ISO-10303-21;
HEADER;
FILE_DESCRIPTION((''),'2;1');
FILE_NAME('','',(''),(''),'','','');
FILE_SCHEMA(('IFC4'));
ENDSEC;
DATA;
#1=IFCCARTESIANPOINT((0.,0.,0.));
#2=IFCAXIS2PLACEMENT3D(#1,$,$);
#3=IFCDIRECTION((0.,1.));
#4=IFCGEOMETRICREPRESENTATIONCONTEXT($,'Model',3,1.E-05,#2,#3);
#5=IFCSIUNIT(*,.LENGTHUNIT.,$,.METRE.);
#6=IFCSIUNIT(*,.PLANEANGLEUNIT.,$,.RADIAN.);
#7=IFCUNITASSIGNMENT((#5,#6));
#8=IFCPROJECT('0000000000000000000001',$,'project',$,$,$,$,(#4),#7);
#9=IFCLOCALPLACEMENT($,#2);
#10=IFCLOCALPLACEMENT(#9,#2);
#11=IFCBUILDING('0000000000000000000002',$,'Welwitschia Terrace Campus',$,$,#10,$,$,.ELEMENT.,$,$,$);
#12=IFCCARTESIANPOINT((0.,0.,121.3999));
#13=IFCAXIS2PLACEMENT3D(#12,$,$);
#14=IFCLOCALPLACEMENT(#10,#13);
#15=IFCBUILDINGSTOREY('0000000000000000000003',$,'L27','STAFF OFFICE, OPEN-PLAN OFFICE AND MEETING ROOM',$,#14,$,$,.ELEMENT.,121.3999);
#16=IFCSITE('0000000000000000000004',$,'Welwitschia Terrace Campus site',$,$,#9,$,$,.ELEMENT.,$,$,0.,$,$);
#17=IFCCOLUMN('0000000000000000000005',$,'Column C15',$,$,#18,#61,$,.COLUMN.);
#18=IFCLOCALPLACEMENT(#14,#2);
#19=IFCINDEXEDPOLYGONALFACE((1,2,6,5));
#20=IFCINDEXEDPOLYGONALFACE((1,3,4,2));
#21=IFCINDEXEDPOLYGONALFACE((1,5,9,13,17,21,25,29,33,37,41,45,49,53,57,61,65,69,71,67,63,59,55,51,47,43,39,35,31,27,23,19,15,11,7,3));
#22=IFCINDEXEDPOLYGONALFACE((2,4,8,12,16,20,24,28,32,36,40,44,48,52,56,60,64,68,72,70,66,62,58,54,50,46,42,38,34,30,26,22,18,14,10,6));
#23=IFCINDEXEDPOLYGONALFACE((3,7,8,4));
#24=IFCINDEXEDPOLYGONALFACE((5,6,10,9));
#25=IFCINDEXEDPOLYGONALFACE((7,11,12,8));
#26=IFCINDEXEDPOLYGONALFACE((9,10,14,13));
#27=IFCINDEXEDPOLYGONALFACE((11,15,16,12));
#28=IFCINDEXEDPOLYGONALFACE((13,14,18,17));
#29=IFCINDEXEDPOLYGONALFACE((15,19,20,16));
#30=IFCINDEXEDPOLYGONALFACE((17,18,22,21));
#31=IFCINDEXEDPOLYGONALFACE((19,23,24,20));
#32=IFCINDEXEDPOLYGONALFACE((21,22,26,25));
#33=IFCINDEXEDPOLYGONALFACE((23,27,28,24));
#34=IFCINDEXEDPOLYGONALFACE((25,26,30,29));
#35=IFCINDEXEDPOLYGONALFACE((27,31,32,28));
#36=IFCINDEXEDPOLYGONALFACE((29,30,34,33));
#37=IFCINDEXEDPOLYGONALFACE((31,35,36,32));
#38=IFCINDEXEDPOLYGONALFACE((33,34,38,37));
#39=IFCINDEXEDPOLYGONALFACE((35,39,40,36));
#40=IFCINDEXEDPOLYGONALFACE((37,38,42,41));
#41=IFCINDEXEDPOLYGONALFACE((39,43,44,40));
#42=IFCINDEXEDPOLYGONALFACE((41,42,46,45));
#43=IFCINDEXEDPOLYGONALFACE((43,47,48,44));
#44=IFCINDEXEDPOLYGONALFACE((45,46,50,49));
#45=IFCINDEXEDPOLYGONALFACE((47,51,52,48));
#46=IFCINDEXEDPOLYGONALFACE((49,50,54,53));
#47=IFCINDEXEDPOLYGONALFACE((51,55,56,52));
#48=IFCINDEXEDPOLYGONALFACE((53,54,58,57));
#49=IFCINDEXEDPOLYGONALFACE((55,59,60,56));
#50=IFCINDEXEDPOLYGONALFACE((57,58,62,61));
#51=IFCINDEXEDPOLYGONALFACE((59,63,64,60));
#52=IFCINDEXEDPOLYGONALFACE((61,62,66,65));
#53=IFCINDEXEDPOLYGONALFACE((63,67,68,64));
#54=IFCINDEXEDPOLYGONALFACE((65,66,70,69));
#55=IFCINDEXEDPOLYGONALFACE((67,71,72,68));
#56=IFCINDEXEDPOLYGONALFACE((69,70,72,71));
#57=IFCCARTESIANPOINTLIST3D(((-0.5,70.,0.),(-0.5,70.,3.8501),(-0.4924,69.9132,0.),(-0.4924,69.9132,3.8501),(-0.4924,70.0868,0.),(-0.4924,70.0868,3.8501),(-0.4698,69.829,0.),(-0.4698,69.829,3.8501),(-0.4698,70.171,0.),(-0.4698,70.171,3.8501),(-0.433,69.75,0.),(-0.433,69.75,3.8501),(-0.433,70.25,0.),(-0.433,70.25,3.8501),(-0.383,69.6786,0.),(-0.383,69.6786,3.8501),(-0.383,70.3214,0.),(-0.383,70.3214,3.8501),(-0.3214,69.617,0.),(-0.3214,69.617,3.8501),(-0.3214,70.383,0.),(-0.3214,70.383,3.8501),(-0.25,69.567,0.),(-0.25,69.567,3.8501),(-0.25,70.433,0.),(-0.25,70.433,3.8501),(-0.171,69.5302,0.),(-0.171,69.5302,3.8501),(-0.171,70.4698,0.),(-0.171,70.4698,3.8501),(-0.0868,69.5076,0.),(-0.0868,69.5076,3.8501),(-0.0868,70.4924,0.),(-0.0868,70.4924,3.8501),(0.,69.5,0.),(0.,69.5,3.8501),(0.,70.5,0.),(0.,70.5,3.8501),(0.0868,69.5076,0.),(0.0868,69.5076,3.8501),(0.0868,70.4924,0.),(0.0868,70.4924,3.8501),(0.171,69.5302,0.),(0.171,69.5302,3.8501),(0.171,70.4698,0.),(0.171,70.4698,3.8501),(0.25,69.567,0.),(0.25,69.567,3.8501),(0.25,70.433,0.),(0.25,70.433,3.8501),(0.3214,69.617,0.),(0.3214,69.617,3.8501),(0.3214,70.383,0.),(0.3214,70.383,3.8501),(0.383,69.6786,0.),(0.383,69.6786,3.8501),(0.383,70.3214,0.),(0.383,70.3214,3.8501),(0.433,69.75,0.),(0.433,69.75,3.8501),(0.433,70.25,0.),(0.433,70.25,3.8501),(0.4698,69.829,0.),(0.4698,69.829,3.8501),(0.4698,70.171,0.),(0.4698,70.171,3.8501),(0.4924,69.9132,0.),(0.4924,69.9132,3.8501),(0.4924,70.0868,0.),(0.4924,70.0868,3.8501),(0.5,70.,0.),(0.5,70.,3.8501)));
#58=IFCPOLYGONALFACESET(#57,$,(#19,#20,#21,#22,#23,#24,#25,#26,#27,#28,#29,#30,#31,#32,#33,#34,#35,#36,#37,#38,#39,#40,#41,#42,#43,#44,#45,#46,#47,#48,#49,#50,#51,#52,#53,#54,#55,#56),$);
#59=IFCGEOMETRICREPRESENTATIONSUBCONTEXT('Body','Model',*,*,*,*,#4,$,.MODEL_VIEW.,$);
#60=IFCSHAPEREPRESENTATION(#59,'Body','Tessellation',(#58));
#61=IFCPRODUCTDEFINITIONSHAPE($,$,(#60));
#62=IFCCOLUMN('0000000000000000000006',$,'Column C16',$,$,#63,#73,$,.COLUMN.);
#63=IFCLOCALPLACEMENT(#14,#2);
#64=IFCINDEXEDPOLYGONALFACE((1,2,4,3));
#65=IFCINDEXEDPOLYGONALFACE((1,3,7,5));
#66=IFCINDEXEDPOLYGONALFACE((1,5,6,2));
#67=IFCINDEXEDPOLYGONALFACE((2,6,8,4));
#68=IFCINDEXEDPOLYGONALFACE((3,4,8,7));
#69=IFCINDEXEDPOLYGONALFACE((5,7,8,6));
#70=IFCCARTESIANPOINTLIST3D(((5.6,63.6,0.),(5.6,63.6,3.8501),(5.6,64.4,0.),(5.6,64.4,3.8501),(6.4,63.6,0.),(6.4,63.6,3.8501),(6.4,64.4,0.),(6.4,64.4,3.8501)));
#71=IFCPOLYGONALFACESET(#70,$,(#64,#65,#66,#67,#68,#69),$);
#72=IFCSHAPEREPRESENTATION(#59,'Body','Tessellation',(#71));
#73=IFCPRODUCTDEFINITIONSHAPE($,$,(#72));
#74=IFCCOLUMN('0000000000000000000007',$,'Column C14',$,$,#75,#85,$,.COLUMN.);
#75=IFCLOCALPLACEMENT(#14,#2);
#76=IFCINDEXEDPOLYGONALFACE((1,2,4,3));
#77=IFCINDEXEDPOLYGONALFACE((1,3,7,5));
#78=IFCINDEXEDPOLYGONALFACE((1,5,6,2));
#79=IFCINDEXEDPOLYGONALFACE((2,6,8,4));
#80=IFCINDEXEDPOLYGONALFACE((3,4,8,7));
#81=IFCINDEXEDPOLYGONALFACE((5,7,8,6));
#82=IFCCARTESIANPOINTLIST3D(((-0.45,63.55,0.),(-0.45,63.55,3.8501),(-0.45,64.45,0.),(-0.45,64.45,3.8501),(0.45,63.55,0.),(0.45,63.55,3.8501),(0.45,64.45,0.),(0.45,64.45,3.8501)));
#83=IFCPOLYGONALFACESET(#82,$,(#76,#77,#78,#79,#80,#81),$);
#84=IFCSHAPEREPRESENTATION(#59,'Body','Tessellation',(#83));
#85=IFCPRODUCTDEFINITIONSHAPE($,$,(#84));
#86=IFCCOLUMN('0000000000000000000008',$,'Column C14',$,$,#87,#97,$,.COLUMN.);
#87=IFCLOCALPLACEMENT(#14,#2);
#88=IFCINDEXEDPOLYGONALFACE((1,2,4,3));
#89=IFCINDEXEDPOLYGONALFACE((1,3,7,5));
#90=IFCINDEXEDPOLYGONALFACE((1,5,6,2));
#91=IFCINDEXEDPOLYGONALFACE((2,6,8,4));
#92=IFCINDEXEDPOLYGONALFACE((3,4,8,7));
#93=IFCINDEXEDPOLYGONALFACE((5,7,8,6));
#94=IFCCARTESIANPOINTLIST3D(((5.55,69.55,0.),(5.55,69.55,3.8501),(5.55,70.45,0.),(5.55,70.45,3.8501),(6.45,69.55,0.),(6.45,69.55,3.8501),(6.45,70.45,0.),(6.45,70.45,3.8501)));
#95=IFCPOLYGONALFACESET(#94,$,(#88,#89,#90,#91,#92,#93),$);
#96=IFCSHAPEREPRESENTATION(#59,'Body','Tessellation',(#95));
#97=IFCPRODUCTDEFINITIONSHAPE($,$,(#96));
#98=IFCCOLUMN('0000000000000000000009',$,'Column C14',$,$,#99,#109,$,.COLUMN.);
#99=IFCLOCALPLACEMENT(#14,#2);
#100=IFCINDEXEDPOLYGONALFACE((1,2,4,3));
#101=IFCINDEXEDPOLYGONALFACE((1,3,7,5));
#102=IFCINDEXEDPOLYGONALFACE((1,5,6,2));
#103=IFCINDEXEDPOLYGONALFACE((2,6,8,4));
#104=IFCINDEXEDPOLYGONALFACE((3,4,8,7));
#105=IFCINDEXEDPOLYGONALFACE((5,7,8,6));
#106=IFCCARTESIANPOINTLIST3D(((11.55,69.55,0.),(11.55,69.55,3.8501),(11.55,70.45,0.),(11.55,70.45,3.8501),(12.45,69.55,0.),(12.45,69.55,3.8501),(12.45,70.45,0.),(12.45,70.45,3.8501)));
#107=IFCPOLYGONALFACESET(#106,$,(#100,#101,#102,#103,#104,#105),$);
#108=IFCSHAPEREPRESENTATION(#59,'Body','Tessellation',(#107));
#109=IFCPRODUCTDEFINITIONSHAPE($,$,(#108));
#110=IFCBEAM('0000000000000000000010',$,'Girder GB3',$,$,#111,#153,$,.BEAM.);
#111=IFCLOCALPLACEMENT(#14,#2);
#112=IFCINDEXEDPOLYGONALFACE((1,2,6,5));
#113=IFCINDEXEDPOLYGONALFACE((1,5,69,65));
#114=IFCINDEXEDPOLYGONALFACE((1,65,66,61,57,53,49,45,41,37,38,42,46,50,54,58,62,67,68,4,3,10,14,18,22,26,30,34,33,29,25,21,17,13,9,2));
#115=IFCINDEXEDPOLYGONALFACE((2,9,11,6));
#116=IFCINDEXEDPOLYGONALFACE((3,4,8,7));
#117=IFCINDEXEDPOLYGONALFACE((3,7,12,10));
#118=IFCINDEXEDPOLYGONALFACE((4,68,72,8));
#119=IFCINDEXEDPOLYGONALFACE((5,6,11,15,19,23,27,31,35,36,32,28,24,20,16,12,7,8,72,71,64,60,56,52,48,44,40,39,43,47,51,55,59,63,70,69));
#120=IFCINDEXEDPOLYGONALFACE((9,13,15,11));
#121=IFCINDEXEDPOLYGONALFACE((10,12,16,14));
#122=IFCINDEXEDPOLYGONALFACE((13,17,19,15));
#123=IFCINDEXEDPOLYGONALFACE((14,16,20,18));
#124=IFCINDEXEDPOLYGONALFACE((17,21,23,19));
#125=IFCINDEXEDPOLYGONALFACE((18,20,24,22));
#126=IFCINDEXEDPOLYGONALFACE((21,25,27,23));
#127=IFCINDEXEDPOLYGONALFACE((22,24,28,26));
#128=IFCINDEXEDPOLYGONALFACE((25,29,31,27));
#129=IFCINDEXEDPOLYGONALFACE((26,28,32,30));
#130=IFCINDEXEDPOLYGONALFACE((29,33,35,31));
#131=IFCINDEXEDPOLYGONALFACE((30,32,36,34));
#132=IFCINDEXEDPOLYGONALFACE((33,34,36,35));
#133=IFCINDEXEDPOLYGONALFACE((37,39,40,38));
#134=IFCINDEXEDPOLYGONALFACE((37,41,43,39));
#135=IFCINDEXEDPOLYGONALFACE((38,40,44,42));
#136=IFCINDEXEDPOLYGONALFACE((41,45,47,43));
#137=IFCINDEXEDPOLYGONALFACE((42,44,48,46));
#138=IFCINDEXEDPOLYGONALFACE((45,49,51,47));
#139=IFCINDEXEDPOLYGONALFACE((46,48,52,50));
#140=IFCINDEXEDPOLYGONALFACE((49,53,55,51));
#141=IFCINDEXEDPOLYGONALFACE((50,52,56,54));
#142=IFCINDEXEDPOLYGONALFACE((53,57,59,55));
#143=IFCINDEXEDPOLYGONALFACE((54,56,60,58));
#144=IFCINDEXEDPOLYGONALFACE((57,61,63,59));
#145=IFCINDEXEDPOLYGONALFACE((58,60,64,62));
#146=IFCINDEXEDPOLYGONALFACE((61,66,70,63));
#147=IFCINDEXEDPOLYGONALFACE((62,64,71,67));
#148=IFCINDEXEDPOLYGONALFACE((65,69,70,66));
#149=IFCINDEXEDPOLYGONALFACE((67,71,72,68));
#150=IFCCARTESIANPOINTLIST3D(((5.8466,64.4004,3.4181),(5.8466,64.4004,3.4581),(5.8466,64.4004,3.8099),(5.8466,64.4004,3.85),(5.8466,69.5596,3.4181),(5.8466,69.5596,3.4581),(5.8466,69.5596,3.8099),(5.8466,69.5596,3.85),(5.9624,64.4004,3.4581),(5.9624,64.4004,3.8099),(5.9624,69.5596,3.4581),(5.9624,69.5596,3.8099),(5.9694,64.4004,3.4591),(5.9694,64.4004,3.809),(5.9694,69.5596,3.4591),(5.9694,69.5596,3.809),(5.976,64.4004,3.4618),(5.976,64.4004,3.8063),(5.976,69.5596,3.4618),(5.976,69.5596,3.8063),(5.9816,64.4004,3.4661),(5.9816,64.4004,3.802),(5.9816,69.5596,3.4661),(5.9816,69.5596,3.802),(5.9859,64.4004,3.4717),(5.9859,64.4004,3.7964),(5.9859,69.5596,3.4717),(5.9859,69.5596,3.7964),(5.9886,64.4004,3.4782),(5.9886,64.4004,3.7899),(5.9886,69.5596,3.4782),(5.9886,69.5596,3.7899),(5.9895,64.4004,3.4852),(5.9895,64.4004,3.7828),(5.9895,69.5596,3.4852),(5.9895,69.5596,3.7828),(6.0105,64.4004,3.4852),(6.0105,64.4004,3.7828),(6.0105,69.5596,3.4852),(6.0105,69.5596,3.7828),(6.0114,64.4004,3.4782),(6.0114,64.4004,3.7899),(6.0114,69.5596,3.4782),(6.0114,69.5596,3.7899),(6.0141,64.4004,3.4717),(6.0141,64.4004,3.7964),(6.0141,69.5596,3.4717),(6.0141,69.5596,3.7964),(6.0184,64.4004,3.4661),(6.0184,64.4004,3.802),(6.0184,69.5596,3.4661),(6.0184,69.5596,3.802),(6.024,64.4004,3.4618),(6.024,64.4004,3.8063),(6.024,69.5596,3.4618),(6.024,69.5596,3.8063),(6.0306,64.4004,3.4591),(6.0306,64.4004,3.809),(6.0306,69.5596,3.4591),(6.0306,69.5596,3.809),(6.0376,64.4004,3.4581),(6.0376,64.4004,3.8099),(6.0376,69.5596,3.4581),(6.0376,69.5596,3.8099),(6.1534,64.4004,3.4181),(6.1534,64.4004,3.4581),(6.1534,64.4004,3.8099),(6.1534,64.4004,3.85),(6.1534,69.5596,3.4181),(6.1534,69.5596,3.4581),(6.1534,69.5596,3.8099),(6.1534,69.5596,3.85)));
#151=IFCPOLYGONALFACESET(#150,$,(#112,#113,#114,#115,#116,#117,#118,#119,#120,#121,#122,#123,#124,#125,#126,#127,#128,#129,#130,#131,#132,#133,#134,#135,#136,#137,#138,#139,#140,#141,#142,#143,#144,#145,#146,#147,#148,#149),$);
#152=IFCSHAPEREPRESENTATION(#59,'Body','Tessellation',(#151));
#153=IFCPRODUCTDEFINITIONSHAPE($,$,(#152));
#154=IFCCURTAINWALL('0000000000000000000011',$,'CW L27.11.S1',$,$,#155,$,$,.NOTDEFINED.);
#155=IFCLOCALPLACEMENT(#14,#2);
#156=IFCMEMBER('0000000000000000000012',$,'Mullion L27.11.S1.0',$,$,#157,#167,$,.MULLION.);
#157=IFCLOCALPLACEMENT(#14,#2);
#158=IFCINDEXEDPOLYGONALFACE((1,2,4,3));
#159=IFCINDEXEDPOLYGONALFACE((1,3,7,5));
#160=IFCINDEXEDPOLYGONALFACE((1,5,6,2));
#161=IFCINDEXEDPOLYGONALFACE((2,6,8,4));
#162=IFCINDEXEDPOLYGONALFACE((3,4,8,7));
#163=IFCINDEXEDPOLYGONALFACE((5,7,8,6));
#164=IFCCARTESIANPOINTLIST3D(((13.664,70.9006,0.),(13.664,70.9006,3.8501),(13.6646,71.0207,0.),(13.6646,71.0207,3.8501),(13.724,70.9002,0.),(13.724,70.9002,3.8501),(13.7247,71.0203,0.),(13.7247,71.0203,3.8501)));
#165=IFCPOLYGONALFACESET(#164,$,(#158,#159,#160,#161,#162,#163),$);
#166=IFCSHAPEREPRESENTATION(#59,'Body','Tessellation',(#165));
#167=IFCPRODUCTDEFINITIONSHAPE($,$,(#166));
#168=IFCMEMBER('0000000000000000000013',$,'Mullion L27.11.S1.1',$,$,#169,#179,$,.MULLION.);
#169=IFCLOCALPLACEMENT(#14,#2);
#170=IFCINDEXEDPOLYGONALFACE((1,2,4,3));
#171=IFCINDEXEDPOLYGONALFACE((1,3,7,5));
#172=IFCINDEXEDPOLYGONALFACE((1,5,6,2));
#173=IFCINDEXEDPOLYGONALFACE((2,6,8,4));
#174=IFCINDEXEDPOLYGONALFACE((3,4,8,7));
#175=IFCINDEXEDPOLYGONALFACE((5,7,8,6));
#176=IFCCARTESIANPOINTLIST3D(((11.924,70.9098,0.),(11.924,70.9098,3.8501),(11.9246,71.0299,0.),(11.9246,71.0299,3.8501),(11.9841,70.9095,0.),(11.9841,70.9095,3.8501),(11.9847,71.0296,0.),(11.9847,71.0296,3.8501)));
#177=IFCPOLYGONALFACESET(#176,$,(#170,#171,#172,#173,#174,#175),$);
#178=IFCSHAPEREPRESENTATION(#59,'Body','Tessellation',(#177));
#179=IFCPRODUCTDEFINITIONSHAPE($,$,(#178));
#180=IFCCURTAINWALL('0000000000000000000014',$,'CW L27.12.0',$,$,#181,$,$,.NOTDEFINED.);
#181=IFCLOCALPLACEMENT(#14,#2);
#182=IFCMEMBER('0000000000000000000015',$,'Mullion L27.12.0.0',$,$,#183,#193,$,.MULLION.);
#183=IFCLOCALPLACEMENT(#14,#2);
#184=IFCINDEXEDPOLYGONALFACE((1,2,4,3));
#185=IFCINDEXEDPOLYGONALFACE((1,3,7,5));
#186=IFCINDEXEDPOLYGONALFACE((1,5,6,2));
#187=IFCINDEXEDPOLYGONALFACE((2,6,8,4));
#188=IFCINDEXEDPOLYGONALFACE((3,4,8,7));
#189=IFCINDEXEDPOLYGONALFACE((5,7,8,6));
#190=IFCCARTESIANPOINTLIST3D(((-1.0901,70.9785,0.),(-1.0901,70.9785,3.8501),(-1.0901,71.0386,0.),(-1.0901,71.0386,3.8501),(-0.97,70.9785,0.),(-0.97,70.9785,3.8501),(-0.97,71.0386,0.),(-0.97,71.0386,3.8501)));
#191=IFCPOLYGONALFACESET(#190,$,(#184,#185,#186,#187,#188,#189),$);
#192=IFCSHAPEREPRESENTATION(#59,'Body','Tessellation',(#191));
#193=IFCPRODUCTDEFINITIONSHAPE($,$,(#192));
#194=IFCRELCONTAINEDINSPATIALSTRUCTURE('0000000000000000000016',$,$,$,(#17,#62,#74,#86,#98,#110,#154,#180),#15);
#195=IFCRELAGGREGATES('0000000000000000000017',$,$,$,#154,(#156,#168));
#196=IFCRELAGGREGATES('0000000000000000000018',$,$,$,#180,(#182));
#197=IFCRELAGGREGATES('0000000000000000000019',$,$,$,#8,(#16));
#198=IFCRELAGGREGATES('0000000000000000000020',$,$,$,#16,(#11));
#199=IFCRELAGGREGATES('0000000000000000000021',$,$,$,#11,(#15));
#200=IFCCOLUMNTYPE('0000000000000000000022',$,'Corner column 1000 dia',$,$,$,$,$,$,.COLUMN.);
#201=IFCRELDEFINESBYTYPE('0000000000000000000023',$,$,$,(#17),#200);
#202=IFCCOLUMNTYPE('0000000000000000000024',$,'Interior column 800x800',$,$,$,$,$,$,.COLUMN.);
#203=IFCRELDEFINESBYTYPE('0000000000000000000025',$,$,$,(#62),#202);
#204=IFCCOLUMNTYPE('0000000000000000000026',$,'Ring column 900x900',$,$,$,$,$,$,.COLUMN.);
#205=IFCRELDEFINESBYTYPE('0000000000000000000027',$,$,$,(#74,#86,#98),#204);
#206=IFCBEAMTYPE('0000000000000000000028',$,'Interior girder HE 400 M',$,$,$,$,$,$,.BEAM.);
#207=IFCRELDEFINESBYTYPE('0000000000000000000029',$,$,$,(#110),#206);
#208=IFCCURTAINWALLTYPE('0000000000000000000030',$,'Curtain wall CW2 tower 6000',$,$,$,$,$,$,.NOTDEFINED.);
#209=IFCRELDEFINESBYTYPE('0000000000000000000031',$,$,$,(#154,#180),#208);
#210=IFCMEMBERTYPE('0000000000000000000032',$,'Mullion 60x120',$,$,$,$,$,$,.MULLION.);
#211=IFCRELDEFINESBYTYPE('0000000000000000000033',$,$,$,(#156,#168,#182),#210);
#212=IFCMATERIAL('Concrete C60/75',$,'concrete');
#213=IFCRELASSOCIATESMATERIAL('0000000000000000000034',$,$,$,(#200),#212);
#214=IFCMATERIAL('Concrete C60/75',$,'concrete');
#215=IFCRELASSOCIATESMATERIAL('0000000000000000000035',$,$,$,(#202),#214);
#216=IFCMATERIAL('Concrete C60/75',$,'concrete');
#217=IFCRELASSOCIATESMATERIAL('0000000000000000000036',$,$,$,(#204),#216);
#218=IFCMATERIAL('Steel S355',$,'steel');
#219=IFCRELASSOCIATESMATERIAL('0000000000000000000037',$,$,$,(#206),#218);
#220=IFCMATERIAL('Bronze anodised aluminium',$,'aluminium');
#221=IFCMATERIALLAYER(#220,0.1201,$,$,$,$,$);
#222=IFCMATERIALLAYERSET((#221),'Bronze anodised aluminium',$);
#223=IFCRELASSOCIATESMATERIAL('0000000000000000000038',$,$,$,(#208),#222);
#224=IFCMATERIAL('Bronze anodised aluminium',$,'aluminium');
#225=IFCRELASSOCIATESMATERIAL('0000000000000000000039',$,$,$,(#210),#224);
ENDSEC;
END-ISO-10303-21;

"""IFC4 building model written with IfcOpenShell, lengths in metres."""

from ifc_helpers import new_model, si_unit, direction, frame, origin, origin_2d, place, context, subcontext, project, spatial, rectangle, circle, i_section, extrude, material, layer, layer_set, material_profile, profile_set, type_object, element, aggregate, save


model = new_model("IFC4")

# Units and contexts
model_context = context("Model", 3, precision=1e-05, world=origin(), true_north=direction((0.0, 1.0)))
body_context = subcontext(model_context, "Body", "Model", "MODEL_VIEW")
ifc_project = project(units=[si_unit("LENGTHUNIT", "METRE"), si_unit("PLANEANGLEUNIT", "RADIAN")], contexts=[model_context])

# Site, building, storey
site_placement = place(None, origin())
site = spatial("IfcSite", under=ifc_project, at=site_placement, Name="Welwitschia Terrace Campus site", CompositionType="ELEMENT", RefElevation=0.0)
building_placement = place(site_placement, origin())
building = spatial("IfcBuilding", under=site, at=building_placement, Name="Welwitschia Terrace Campus", CompositionType="ELEMENT")
storey_placement = place(building_placement, frame((0.0, 0.0, 121.3999)))
storey = spatial("IfcBuildingStorey", under=building, at=storey_placement, Name="L27", Description="STAFF OFFICE, OPEN-PLAN OFFICE AND MEETING ROOM", CompositionType="ELEMENT", Elevation=121.3999)

# Columns
ifc_material_1 = material(Name="Concrete C60/75", Category="concrete")
ifc_material_profile_1 = material_profile(ifc_material_1, circle(Radius=0.5, at=origin_2d()))
ifc_profile_set_1 = profile_set([ifc_material_profile_1], Name="Concrete C60/75")
column_type_1 = type_object("IfcColumnType", Name="Corner column 1000 dia", PredefinedType="COLUMN", material=ifc_profile_set_1)
column_1_placement = place(storey_placement, frame((0.0, 70.0, 0.0), z_axis=(0.0, 0.0, 1.0), x_axis=(1.0, 0.0, 0.0)))
element("IfcColumn", 1, at=column_1_placement, inside=storey, type_object=column_type_1, Name="Column C15", PredefinedType="COLUMN", context=body_context, shape_type="SweptSolid", body=[
    extrude(circle(Radius=0.5, at=origin_2d()), origin(), (0.0, 0.0, 1.0), 3.8501),
])
ifc_material_2 = material(Name="Concrete C60/75", Category="concrete")
ifc_material_profile_2 = material_profile(ifc_material_2, rectangle(XDim=0.8, YDim=0.8, at=origin_2d()))
ifc_profile_set_2 = profile_set([ifc_material_profile_2], Name="Concrete C60/75")
column_type_2 = type_object("IfcColumnType", Name="Interior column 800x800", PredefinedType="COLUMN", material=ifc_profile_set_2)
column_2_placement = place(storey_placement, frame((6.0, 64.0, 0.0), z_axis=(0.0, 0.0, 1.0), x_axis=(1.0, 0.0, 0.0)))
element("IfcColumn", 2, at=column_2_placement, inside=storey, type_object=column_type_2, Name="Column C16", PredefinedType="COLUMN", context=body_context, shape_type="SweptSolid", body=[
    extrude(rectangle(XDim=0.8, YDim=0.8, at=origin_2d()), origin(), (0.0, 0.0, 1.0), 3.8501),
])
ifc_material_3 = material(Name="Concrete C60/75", Category="concrete")
ifc_material_profile_3 = material_profile(ifc_material_3, rectangle(XDim=0.8999, YDim=0.8999, at=origin_2d()))
ifc_profile_set_3 = profile_set([ifc_material_profile_3], Name="Concrete C60/75")
column_type_3 = type_object("IfcColumnType", Name="Ring column 900x900", PredefinedType="COLUMN", material=ifc_profile_set_3)
for number, where, z_axis, x_axis, name in (
    (3, (0.0, 64.0, 0.0), (0.0, 0.0, 1.0), (1.0, 0.0, 0.0), "Column C14"),
    (4, (6.0, 70.0, 0.0), (0.0, 0.0, 1.0), (1.0, 0.0, 0.0), "Column C14"),
    (5, (12.0, 70.0, 0.0), (0.0, 0.0, 1.0), (1.0, 0.0, 0.0), "Column C14"),
):
    element("IfcColumn", number, at=place(storey_placement, frame(where, z_axis=z_axis, x_axis=x_axis)), inside=storey, type_object=column_type_3, Name=name, PredefinedType="COLUMN", context=body_context, shape_type="SweptSolid", body=[
        extrude(rectangle(XDim=0.8999, YDim=0.8999, at=origin_2d()), origin(), (0.0, 0.0, 1.0), 3.8501),
    ])

# Beam
ifc_material_4 = material(Name="Steel S355", Category="steel")
ifc_material_profile_4 = material_profile(ifc_material_4, i_section(OverallWidth=0.3069, OverallDepth=0.4319, WebThickness=0.021, FlangeThickness=0.04, FilletRadius=0.0271, at=origin_2d()))
ifc_profile_set_4 = profile_set([ifc_material_profile_4], Name="Steel S355")
beam_type_1 = type_object("IfcBeamType", Name="Interior girder HE 400 M", PredefinedType="BEAM", material=ifc_profile_set_4)
beam_1_placement = place(storey_placement, frame((6.0, 64.4004, 3.634), z_axis=(0.0, 1.0, 0.0), x_axis=(-1.0, 0.0, 0.0)))
element("IfcBeam", 6, at=beam_1_placement, inside=storey, type_object=beam_type_1, Name="Girder GB3", PredefinedType="BEAM", context=body_context, shape_type="SweptSolid", body=[
    extrude(i_section(OverallWidth=0.3069, OverallDepth=0.4319, WebThickness=0.021, FlangeThickness=0.04, FilletRadius=0.0271, at=origin_2d()), origin(), (0.0, 0.0, 1.0), 5.1592),
])

# Curtain walls, members
ifc_material_5 = material(Name="Bronze anodised aluminium", Category="aluminium")
ifc_layer_1 = layer(ifc_material_5, 0.1201)
ifc_layer_set_1 = layer_set([ifc_layer_1], Name="Bronze anodised aluminium")
curtain_wall_type = type_object("IfcCurtainWallType", Name="Curtain wall CW2 tower 6000", PredefinedType="NOTDEFINED", material=ifc_layer_set_1)
curtain_wall_1_placement = place(storey_placement, origin())
curtain_wall_1 = element("IfcCurtainWall", 7, at=curtain_wall_1_placement, inside=storey, type_object=curtain_wall_type, Name="CW L27.11.S1", PredefinedType="NOTDEFINED")
ifc_material_6 = material(Name="Bronze anodised aluminium", Category="aluminium")
ifc_material_profile_5 = material_profile(ifc_material_6, rectangle(XDim=0.1201, YDim=0.0601, at=origin_2d()))
ifc_profile_set_5 = profile_set([ifc_material_profile_5], Name="Bronze anodised aluminium")
member_type_1 = type_object("IfcMemberType", Name="Mullion 60x120", PredefinedType="MULLION", material=ifc_profile_set_5)
member_1_placement = place(storey_placement, frame((13.6943, 70.9604, 0.0), z_axis=(0.0, 0.0, 1.0), x_axis=(-0.005314, -0.999986, 0.0)))
member_1 = element("IfcMember", 8, at=member_1_placement, type_object=member_type_1, Name="Mullion L27.11.S1.0", PredefinedType="MULLION", context=body_context, shape_type="SweptSolid", body=[
    extrude(rectangle(XDim=0.1201, YDim=0.0601, at=origin_2d()), origin(), (0.0, 0.0, 1.0), 3.8501),
])
member_2_placement = place(storey_placement, frame((11.9543, 70.9697, 0.0), z_axis=(0.0, 0.0, 1.0), x_axis=(-0.005314, -0.999986, 0.0)))
member_2 = element("IfcMember", 9, at=member_2_placement, type_object=member_type_1, Name="Mullion L27.11.S1.1", PredefinedType="MULLION", context=body_context, shape_type="SweptSolid", body=[
    extrude(rectangle(XDim=0.1201, YDim=0.0601, at=origin_2d()), origin(), (0.0, 0.0, 1.0), 3.8501),
])
curtain_wall_2_placement = place(storey_placement, origin())
curtain_wall_2 = element("IfcCurtainWall", 10, at=curtain_wall_2_placement, inside=storey, type_object=curtain_wall_type, Name="CW L27.12.0", PredefinedType="NOTDEFINED")
member_3_placement = place(storey_placement, frame((-1.03, 71.0085, 0.0), z_axis=(0.0, 0.0, 1.0), x_axis=(1.0, 0.0, 0.0)))
member_3 = element("IfcMember", 11, at=member_3_placement, type_object=member_type_1, Name="Mullion L27.12.0.0", PredefinedType="MULLION", context=body_context, shape_type="SweptSolid", body=[
    extrude(rectangle(XDim=0.1201, YDim=0.0601, at=origin_2d()), origin(), (0.0, 0.0, 1.0), 3.8501),
])

aggregate(curtain_wall_1, [member_1, member_2])
aggregate(curtain_wall_2, [member_3])

save(model, "model.ifc")
